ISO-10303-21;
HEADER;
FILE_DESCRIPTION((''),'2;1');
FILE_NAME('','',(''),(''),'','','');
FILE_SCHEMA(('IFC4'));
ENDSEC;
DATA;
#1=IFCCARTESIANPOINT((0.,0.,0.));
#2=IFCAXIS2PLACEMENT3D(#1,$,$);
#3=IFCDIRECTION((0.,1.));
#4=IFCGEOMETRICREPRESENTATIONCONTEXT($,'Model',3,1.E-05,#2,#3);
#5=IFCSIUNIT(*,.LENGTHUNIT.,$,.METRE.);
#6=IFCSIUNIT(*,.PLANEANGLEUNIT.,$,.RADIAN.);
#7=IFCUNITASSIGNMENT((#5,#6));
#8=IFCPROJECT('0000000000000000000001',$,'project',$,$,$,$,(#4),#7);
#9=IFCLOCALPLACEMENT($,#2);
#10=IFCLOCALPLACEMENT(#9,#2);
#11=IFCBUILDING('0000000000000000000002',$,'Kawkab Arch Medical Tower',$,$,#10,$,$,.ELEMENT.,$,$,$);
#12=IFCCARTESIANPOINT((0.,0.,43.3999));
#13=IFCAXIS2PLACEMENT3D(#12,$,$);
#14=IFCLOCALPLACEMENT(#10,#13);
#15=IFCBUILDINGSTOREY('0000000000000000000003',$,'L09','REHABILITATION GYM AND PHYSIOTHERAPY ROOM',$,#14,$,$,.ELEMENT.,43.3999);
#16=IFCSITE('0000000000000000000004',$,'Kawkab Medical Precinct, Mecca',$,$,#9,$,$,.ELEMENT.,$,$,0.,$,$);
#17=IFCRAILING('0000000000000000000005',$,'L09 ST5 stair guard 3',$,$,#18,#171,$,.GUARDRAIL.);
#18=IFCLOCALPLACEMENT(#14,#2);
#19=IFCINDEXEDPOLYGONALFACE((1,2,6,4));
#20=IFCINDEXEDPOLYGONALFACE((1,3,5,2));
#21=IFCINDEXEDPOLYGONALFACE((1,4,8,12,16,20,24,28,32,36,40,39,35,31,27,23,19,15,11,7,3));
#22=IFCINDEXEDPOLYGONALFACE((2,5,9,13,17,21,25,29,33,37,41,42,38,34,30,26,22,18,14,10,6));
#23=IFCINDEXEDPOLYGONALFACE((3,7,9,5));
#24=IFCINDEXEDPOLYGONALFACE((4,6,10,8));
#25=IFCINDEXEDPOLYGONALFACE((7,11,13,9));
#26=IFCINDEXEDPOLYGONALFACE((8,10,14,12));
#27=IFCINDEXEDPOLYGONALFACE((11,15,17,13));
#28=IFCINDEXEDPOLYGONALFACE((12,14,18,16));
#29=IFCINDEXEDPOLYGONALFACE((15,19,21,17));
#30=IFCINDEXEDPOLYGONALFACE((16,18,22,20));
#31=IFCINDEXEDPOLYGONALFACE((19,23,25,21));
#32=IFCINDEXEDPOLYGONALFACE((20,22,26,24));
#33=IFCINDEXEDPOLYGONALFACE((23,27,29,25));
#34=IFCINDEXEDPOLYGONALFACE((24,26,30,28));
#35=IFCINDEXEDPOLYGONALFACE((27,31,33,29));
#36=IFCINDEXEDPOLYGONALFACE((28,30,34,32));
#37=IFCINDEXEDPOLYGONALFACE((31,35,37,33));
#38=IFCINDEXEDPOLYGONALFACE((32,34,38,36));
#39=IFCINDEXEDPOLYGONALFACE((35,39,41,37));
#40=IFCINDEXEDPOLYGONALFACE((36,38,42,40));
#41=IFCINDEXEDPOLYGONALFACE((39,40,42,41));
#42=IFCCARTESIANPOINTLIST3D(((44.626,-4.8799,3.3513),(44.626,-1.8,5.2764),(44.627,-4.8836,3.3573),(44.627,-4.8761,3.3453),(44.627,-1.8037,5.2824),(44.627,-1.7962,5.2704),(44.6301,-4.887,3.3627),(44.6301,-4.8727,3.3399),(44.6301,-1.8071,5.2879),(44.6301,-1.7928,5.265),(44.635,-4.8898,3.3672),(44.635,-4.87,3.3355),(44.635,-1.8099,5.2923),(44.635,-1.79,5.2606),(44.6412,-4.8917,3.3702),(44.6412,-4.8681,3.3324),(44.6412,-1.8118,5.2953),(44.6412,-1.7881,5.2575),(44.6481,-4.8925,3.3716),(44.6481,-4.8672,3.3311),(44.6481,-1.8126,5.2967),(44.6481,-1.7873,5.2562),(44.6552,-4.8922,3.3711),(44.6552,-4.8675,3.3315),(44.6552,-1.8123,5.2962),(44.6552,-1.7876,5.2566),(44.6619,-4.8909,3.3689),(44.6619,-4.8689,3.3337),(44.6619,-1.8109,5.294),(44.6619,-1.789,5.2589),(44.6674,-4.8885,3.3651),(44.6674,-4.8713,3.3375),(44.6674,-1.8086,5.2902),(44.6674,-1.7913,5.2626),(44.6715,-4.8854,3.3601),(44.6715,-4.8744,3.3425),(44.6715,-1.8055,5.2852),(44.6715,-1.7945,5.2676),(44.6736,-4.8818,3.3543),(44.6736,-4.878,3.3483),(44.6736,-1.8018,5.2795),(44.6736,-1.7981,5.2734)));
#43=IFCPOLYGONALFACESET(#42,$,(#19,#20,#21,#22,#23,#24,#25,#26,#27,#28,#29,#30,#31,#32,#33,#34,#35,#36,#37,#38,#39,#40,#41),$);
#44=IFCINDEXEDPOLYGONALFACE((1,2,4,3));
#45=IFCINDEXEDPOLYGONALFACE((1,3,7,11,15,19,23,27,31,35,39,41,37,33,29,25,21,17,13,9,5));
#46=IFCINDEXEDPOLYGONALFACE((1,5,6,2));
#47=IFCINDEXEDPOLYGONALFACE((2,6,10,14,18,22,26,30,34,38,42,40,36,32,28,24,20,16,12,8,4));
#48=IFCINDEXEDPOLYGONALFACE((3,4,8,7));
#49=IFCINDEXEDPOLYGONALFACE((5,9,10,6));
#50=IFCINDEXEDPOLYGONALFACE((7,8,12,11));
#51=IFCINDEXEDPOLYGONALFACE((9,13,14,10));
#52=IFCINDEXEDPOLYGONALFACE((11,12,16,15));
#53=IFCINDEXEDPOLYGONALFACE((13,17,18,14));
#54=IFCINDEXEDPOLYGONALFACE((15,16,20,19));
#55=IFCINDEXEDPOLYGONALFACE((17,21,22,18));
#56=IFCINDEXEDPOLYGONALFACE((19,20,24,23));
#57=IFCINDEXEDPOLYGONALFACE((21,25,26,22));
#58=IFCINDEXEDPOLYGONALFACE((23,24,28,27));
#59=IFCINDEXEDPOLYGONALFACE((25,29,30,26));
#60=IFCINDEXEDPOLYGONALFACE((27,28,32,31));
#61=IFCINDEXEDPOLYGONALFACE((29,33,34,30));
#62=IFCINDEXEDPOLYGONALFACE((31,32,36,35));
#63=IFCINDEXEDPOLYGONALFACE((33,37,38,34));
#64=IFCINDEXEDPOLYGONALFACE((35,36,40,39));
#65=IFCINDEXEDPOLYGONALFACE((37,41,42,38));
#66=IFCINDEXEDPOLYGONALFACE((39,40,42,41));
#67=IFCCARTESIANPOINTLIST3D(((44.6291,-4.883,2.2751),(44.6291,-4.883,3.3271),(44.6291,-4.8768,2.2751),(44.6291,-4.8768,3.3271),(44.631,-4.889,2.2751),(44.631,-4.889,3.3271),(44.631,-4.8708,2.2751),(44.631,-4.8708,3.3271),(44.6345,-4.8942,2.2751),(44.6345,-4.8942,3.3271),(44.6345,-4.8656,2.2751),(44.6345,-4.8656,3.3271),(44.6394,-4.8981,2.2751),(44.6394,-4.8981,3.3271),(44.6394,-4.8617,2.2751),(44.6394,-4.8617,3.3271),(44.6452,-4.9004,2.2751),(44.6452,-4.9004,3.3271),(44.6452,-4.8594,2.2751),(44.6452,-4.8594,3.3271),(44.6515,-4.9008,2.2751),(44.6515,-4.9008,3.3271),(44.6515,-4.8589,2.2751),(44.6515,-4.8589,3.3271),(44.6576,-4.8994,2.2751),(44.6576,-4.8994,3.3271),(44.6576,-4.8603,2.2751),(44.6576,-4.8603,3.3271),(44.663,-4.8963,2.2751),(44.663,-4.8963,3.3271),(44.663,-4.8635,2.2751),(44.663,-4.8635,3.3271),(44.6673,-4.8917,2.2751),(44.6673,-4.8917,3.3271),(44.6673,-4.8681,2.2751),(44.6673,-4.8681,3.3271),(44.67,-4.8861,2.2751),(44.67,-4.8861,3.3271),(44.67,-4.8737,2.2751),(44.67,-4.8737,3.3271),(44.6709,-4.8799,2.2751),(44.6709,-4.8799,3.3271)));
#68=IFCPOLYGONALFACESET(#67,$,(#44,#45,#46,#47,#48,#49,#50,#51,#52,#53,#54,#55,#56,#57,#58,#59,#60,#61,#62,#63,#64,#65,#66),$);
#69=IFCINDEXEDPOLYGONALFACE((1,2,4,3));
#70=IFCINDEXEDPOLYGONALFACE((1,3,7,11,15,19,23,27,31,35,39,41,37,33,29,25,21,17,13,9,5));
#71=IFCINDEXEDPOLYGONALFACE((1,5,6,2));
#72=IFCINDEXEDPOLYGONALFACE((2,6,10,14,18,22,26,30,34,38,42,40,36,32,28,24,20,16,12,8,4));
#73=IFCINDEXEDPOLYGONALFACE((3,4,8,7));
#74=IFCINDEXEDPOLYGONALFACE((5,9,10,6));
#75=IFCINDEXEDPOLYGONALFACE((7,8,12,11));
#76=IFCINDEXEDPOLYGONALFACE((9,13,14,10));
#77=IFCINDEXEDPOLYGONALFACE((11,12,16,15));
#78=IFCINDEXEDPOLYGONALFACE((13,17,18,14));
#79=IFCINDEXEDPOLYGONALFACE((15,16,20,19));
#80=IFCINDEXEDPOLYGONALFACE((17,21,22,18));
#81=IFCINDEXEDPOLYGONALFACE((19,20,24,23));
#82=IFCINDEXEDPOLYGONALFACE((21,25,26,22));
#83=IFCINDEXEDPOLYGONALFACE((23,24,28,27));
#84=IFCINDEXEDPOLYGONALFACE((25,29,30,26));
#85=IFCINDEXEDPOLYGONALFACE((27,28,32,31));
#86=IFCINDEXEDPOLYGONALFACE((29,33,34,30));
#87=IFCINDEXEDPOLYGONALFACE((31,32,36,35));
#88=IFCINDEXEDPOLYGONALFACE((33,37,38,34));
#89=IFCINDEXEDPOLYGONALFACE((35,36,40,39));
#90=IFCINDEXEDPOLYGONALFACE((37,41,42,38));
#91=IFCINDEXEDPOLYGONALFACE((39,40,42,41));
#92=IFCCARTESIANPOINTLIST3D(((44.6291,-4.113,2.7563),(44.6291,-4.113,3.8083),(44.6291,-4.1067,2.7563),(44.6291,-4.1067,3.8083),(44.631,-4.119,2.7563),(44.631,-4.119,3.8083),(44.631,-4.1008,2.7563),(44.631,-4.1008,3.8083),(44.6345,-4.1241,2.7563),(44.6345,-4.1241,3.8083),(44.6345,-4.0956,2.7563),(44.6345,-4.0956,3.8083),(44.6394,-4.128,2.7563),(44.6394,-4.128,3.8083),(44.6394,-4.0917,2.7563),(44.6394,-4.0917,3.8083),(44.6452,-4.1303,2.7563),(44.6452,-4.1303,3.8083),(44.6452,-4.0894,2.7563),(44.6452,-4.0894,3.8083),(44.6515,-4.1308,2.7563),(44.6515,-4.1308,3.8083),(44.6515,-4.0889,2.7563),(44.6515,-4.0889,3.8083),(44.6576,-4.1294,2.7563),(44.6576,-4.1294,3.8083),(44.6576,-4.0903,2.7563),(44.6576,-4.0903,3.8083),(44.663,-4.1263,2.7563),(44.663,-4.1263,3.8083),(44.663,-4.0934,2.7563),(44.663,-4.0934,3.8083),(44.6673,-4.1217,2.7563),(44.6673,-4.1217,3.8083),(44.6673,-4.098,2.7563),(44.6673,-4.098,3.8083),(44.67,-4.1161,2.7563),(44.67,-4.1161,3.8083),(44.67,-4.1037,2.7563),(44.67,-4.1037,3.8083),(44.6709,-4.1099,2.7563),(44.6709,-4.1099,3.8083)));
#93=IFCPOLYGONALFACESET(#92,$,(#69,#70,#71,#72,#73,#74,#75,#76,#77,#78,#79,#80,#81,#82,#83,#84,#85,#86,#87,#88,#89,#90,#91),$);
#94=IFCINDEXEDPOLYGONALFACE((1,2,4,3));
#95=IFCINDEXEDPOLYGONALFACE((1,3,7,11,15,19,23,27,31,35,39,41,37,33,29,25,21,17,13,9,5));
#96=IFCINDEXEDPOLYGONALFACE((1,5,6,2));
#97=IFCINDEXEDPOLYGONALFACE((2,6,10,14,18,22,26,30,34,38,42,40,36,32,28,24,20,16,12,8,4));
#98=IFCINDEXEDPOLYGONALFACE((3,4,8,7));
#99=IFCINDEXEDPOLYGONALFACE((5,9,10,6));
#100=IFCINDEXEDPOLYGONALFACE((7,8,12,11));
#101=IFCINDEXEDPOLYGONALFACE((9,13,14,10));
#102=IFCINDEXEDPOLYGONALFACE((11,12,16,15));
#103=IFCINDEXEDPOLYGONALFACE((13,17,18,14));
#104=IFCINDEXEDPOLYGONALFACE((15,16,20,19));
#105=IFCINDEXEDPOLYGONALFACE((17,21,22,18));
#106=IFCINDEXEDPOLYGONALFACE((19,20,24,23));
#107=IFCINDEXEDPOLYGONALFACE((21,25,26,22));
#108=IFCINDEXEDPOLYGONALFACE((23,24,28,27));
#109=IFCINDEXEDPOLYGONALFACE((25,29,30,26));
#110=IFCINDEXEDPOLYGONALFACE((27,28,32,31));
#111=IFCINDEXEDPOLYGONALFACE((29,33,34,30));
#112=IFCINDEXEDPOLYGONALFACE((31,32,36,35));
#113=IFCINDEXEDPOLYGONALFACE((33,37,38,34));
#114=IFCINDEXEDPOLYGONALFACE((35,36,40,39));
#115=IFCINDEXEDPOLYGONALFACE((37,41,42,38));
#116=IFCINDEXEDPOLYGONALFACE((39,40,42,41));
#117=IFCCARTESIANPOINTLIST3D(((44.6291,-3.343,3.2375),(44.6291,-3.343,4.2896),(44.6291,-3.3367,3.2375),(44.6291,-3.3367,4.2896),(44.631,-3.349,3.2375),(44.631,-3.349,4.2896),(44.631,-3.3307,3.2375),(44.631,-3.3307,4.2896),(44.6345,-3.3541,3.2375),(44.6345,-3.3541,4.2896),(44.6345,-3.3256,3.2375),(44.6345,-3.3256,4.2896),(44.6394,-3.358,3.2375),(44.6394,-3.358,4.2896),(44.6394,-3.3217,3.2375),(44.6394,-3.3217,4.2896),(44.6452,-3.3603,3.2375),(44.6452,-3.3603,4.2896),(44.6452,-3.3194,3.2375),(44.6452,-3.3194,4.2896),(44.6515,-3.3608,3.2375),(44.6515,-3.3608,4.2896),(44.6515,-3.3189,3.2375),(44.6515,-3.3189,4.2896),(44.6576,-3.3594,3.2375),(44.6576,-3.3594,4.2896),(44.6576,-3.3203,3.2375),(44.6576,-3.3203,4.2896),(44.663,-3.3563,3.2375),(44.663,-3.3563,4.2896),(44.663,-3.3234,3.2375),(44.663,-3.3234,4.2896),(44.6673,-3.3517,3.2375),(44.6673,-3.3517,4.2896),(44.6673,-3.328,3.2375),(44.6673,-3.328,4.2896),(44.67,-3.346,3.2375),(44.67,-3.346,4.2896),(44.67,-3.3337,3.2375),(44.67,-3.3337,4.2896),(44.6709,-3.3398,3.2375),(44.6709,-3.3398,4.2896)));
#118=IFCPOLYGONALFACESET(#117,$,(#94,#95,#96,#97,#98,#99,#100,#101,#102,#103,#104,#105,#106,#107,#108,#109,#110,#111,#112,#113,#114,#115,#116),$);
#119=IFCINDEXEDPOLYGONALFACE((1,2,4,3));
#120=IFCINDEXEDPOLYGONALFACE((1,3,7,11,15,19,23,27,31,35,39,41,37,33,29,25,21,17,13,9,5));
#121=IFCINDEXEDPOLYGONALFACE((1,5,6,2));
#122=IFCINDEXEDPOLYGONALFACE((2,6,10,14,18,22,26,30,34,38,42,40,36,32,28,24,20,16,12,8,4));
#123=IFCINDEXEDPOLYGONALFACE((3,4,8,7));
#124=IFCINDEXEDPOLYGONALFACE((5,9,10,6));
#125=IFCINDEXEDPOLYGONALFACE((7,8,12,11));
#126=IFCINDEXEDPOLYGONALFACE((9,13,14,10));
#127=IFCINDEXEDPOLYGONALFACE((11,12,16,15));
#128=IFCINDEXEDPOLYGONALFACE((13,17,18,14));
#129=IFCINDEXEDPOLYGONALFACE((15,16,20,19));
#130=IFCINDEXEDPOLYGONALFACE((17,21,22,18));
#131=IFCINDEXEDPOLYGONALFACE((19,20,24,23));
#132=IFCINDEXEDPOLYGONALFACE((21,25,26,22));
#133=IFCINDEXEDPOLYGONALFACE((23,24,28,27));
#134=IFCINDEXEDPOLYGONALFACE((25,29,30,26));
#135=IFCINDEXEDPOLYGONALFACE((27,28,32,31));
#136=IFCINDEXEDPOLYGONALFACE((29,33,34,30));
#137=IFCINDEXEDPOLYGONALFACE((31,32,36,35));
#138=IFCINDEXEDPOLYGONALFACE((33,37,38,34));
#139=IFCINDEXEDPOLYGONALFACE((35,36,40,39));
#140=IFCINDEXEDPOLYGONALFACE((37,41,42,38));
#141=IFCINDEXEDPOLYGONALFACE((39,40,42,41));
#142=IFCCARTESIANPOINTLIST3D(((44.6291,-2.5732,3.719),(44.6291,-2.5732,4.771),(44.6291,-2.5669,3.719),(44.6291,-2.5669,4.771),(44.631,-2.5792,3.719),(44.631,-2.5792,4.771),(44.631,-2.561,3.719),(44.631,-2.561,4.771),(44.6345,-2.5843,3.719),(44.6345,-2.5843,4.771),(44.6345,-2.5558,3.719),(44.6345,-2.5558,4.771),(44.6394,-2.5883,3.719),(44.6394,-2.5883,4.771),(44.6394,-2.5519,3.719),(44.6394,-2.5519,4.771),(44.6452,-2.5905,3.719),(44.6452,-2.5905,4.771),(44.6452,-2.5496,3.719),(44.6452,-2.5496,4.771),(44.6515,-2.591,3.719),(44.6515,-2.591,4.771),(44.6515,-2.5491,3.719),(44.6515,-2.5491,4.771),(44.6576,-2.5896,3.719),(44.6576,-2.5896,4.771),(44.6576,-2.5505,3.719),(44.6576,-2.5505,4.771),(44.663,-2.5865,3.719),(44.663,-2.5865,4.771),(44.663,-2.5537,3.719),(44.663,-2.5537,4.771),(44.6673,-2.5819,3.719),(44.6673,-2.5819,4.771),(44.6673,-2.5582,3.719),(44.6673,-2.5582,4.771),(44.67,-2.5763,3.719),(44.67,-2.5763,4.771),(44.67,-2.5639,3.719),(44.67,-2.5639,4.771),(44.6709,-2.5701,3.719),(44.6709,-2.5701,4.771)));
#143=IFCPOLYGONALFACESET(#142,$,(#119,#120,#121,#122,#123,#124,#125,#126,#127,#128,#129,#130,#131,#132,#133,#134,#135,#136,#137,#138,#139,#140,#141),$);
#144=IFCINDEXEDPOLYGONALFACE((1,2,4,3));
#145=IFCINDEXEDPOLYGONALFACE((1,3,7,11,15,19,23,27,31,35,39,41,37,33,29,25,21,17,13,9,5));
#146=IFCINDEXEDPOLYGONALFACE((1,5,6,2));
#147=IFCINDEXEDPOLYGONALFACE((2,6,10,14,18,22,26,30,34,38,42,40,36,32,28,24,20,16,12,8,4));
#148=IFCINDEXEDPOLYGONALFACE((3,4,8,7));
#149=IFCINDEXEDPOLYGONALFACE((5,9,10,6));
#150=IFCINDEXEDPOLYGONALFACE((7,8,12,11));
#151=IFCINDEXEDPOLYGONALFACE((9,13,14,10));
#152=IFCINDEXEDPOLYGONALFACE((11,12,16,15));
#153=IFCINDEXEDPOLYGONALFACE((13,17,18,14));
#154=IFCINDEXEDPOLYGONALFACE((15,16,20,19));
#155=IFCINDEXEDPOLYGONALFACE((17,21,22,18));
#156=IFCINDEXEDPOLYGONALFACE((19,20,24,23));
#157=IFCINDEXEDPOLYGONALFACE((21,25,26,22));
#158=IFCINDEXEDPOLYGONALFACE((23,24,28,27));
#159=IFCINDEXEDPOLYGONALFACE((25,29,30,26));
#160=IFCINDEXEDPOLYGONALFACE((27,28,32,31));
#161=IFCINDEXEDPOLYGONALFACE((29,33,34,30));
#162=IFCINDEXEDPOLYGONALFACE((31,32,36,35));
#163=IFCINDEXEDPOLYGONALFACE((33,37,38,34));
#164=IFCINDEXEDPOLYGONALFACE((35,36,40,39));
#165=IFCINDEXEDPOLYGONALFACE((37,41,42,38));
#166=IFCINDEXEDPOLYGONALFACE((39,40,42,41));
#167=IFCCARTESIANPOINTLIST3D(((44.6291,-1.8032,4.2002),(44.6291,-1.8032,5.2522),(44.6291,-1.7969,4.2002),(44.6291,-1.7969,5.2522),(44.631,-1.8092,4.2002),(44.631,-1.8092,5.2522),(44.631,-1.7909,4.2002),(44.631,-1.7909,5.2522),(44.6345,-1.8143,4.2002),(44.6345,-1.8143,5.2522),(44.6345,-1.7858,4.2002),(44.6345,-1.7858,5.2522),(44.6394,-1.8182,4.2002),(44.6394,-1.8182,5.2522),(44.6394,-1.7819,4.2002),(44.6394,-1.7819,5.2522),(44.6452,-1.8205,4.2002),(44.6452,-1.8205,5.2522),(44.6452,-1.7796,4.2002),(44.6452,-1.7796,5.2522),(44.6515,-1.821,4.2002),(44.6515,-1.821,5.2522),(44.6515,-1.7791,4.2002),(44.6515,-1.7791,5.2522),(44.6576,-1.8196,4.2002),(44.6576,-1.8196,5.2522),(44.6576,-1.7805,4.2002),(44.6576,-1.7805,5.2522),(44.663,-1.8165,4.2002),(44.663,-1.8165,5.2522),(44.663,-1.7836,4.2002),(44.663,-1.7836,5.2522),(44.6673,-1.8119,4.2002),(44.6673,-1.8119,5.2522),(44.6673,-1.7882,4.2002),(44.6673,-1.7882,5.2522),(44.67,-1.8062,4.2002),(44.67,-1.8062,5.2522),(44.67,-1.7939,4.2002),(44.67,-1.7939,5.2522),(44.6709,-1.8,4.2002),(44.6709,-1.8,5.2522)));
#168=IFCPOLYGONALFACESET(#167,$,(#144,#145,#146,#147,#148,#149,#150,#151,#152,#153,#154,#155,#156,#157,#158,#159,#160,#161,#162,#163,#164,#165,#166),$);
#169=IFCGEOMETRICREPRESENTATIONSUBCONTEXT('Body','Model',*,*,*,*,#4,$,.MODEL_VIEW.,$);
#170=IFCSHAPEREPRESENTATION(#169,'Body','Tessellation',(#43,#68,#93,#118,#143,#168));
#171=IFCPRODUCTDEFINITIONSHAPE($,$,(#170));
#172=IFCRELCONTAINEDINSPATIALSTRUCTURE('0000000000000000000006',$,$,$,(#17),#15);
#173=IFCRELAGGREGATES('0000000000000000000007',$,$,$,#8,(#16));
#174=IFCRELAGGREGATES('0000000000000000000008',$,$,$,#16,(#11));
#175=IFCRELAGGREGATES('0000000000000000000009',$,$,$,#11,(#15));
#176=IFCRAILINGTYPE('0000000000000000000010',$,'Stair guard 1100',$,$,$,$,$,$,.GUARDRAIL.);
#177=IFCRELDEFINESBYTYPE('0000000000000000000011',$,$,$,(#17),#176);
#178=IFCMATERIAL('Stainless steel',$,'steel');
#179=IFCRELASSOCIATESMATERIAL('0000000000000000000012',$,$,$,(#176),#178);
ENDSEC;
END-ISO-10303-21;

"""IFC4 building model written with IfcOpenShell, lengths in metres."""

from ifc_helpers import new_model, si_unit, direction, frame, origin, origin_2d, place, context, subcontext, project, spatial, circle, extrude, material, type_object, element, save


model = new_model("IFC4")

# Units and contexts
model_context = context("Model", 3, precision=1e-05, world=origin(), true_north=direction((0.0, 1.0)))
body_context = subcontext(model_context, "Body", "Model", "MODEL_VIEW")
ifc_project = project(units=[si_unit("LENGTHUNIT", "METRE"), si_unit("PLANEANGLEUNIT", "RADIAN")], contexts=[model_context])

# Site, building, storey
site_placement = place(None, origin())
site = spatial("IfcSite", under=ifc_project, at=site_placement, Name="Kawkab Medical Precinct, Mecca", CompositionType="ELEMENT", RefElevation=0.0)
building_placement = place(site_placement, origin())
building = spatial("IfcBuilding", under=site, at=building_placement, Name="Kawkab Arch Medical Tower", CompositionType="ELEMENT")
storey_placement = place(building_placement, frame((0.0, 0.0, 43.3999)))
storey = spatial("IfcBuildingStorey", under=building, at=storey_placement, Name="L09", Description="REHABILITATION GYM AND PHYSIOTHERAPY ROOM", CompositionType="ELEMENT", Elevation=43.3999)

# Railing
ifc_material_1 = material(Name="Stainless steel", Category="steel")
railing_type = type_object("IfcRailingType", Name="Stair guard 1100", PredefinedType="GUARDRAIL", material=ifc_material_1)
railing_1_placement = place(storey_placement, frame((44.6499, -4.8799, 2.2751)))
element("IfcRailing", 1, at=railing_1_placement, inside=storey, type_object=railing_type, Name="L09 ST5 stair guard 3", PredefinedType="GUARDRAIL", context=body_context, shape_type="SweptSolid", body=[
    extrude(circle(Radius=0.0239, at=origin_2d()), frame((0.0, 0.0, 1.0762), z_axis=(0.0, 0.847979, 0.530029), x_axis=(-1.0, 0.0, 0.0)), (0.0, 0.0, 1.0), 3.6321),
    extrude(circle(Radius=0.021, at=origin_2d()), origin(), (0.0, 0.0, 1.0), 1.052),
    extrude(circle(Radius=0.021, at=origin_2d()), frame((0.0, 0.77, 0.4812)), (0.0, 0.0, 1.0), 1.052),
    extrude(circle(Radius=0.021, at=origin_2d()), frame((0.0, 1.54, 0.9624)), (0.0, 0.0, 1.0), 1.052),
    extrude(circle(Radius=0.021, at=origin_2d()), frame((0.0, 2.3098, 1.4438)), (0.0, 0.0, 1.0), 1.052),
    extrude(circle(Radius=0.021, at=origin_2d()), frame((0.0, 3.0798, 1.925)), (0.0, 0.0, 1.0), 1.052),
])

save(model, "model.ifc")
